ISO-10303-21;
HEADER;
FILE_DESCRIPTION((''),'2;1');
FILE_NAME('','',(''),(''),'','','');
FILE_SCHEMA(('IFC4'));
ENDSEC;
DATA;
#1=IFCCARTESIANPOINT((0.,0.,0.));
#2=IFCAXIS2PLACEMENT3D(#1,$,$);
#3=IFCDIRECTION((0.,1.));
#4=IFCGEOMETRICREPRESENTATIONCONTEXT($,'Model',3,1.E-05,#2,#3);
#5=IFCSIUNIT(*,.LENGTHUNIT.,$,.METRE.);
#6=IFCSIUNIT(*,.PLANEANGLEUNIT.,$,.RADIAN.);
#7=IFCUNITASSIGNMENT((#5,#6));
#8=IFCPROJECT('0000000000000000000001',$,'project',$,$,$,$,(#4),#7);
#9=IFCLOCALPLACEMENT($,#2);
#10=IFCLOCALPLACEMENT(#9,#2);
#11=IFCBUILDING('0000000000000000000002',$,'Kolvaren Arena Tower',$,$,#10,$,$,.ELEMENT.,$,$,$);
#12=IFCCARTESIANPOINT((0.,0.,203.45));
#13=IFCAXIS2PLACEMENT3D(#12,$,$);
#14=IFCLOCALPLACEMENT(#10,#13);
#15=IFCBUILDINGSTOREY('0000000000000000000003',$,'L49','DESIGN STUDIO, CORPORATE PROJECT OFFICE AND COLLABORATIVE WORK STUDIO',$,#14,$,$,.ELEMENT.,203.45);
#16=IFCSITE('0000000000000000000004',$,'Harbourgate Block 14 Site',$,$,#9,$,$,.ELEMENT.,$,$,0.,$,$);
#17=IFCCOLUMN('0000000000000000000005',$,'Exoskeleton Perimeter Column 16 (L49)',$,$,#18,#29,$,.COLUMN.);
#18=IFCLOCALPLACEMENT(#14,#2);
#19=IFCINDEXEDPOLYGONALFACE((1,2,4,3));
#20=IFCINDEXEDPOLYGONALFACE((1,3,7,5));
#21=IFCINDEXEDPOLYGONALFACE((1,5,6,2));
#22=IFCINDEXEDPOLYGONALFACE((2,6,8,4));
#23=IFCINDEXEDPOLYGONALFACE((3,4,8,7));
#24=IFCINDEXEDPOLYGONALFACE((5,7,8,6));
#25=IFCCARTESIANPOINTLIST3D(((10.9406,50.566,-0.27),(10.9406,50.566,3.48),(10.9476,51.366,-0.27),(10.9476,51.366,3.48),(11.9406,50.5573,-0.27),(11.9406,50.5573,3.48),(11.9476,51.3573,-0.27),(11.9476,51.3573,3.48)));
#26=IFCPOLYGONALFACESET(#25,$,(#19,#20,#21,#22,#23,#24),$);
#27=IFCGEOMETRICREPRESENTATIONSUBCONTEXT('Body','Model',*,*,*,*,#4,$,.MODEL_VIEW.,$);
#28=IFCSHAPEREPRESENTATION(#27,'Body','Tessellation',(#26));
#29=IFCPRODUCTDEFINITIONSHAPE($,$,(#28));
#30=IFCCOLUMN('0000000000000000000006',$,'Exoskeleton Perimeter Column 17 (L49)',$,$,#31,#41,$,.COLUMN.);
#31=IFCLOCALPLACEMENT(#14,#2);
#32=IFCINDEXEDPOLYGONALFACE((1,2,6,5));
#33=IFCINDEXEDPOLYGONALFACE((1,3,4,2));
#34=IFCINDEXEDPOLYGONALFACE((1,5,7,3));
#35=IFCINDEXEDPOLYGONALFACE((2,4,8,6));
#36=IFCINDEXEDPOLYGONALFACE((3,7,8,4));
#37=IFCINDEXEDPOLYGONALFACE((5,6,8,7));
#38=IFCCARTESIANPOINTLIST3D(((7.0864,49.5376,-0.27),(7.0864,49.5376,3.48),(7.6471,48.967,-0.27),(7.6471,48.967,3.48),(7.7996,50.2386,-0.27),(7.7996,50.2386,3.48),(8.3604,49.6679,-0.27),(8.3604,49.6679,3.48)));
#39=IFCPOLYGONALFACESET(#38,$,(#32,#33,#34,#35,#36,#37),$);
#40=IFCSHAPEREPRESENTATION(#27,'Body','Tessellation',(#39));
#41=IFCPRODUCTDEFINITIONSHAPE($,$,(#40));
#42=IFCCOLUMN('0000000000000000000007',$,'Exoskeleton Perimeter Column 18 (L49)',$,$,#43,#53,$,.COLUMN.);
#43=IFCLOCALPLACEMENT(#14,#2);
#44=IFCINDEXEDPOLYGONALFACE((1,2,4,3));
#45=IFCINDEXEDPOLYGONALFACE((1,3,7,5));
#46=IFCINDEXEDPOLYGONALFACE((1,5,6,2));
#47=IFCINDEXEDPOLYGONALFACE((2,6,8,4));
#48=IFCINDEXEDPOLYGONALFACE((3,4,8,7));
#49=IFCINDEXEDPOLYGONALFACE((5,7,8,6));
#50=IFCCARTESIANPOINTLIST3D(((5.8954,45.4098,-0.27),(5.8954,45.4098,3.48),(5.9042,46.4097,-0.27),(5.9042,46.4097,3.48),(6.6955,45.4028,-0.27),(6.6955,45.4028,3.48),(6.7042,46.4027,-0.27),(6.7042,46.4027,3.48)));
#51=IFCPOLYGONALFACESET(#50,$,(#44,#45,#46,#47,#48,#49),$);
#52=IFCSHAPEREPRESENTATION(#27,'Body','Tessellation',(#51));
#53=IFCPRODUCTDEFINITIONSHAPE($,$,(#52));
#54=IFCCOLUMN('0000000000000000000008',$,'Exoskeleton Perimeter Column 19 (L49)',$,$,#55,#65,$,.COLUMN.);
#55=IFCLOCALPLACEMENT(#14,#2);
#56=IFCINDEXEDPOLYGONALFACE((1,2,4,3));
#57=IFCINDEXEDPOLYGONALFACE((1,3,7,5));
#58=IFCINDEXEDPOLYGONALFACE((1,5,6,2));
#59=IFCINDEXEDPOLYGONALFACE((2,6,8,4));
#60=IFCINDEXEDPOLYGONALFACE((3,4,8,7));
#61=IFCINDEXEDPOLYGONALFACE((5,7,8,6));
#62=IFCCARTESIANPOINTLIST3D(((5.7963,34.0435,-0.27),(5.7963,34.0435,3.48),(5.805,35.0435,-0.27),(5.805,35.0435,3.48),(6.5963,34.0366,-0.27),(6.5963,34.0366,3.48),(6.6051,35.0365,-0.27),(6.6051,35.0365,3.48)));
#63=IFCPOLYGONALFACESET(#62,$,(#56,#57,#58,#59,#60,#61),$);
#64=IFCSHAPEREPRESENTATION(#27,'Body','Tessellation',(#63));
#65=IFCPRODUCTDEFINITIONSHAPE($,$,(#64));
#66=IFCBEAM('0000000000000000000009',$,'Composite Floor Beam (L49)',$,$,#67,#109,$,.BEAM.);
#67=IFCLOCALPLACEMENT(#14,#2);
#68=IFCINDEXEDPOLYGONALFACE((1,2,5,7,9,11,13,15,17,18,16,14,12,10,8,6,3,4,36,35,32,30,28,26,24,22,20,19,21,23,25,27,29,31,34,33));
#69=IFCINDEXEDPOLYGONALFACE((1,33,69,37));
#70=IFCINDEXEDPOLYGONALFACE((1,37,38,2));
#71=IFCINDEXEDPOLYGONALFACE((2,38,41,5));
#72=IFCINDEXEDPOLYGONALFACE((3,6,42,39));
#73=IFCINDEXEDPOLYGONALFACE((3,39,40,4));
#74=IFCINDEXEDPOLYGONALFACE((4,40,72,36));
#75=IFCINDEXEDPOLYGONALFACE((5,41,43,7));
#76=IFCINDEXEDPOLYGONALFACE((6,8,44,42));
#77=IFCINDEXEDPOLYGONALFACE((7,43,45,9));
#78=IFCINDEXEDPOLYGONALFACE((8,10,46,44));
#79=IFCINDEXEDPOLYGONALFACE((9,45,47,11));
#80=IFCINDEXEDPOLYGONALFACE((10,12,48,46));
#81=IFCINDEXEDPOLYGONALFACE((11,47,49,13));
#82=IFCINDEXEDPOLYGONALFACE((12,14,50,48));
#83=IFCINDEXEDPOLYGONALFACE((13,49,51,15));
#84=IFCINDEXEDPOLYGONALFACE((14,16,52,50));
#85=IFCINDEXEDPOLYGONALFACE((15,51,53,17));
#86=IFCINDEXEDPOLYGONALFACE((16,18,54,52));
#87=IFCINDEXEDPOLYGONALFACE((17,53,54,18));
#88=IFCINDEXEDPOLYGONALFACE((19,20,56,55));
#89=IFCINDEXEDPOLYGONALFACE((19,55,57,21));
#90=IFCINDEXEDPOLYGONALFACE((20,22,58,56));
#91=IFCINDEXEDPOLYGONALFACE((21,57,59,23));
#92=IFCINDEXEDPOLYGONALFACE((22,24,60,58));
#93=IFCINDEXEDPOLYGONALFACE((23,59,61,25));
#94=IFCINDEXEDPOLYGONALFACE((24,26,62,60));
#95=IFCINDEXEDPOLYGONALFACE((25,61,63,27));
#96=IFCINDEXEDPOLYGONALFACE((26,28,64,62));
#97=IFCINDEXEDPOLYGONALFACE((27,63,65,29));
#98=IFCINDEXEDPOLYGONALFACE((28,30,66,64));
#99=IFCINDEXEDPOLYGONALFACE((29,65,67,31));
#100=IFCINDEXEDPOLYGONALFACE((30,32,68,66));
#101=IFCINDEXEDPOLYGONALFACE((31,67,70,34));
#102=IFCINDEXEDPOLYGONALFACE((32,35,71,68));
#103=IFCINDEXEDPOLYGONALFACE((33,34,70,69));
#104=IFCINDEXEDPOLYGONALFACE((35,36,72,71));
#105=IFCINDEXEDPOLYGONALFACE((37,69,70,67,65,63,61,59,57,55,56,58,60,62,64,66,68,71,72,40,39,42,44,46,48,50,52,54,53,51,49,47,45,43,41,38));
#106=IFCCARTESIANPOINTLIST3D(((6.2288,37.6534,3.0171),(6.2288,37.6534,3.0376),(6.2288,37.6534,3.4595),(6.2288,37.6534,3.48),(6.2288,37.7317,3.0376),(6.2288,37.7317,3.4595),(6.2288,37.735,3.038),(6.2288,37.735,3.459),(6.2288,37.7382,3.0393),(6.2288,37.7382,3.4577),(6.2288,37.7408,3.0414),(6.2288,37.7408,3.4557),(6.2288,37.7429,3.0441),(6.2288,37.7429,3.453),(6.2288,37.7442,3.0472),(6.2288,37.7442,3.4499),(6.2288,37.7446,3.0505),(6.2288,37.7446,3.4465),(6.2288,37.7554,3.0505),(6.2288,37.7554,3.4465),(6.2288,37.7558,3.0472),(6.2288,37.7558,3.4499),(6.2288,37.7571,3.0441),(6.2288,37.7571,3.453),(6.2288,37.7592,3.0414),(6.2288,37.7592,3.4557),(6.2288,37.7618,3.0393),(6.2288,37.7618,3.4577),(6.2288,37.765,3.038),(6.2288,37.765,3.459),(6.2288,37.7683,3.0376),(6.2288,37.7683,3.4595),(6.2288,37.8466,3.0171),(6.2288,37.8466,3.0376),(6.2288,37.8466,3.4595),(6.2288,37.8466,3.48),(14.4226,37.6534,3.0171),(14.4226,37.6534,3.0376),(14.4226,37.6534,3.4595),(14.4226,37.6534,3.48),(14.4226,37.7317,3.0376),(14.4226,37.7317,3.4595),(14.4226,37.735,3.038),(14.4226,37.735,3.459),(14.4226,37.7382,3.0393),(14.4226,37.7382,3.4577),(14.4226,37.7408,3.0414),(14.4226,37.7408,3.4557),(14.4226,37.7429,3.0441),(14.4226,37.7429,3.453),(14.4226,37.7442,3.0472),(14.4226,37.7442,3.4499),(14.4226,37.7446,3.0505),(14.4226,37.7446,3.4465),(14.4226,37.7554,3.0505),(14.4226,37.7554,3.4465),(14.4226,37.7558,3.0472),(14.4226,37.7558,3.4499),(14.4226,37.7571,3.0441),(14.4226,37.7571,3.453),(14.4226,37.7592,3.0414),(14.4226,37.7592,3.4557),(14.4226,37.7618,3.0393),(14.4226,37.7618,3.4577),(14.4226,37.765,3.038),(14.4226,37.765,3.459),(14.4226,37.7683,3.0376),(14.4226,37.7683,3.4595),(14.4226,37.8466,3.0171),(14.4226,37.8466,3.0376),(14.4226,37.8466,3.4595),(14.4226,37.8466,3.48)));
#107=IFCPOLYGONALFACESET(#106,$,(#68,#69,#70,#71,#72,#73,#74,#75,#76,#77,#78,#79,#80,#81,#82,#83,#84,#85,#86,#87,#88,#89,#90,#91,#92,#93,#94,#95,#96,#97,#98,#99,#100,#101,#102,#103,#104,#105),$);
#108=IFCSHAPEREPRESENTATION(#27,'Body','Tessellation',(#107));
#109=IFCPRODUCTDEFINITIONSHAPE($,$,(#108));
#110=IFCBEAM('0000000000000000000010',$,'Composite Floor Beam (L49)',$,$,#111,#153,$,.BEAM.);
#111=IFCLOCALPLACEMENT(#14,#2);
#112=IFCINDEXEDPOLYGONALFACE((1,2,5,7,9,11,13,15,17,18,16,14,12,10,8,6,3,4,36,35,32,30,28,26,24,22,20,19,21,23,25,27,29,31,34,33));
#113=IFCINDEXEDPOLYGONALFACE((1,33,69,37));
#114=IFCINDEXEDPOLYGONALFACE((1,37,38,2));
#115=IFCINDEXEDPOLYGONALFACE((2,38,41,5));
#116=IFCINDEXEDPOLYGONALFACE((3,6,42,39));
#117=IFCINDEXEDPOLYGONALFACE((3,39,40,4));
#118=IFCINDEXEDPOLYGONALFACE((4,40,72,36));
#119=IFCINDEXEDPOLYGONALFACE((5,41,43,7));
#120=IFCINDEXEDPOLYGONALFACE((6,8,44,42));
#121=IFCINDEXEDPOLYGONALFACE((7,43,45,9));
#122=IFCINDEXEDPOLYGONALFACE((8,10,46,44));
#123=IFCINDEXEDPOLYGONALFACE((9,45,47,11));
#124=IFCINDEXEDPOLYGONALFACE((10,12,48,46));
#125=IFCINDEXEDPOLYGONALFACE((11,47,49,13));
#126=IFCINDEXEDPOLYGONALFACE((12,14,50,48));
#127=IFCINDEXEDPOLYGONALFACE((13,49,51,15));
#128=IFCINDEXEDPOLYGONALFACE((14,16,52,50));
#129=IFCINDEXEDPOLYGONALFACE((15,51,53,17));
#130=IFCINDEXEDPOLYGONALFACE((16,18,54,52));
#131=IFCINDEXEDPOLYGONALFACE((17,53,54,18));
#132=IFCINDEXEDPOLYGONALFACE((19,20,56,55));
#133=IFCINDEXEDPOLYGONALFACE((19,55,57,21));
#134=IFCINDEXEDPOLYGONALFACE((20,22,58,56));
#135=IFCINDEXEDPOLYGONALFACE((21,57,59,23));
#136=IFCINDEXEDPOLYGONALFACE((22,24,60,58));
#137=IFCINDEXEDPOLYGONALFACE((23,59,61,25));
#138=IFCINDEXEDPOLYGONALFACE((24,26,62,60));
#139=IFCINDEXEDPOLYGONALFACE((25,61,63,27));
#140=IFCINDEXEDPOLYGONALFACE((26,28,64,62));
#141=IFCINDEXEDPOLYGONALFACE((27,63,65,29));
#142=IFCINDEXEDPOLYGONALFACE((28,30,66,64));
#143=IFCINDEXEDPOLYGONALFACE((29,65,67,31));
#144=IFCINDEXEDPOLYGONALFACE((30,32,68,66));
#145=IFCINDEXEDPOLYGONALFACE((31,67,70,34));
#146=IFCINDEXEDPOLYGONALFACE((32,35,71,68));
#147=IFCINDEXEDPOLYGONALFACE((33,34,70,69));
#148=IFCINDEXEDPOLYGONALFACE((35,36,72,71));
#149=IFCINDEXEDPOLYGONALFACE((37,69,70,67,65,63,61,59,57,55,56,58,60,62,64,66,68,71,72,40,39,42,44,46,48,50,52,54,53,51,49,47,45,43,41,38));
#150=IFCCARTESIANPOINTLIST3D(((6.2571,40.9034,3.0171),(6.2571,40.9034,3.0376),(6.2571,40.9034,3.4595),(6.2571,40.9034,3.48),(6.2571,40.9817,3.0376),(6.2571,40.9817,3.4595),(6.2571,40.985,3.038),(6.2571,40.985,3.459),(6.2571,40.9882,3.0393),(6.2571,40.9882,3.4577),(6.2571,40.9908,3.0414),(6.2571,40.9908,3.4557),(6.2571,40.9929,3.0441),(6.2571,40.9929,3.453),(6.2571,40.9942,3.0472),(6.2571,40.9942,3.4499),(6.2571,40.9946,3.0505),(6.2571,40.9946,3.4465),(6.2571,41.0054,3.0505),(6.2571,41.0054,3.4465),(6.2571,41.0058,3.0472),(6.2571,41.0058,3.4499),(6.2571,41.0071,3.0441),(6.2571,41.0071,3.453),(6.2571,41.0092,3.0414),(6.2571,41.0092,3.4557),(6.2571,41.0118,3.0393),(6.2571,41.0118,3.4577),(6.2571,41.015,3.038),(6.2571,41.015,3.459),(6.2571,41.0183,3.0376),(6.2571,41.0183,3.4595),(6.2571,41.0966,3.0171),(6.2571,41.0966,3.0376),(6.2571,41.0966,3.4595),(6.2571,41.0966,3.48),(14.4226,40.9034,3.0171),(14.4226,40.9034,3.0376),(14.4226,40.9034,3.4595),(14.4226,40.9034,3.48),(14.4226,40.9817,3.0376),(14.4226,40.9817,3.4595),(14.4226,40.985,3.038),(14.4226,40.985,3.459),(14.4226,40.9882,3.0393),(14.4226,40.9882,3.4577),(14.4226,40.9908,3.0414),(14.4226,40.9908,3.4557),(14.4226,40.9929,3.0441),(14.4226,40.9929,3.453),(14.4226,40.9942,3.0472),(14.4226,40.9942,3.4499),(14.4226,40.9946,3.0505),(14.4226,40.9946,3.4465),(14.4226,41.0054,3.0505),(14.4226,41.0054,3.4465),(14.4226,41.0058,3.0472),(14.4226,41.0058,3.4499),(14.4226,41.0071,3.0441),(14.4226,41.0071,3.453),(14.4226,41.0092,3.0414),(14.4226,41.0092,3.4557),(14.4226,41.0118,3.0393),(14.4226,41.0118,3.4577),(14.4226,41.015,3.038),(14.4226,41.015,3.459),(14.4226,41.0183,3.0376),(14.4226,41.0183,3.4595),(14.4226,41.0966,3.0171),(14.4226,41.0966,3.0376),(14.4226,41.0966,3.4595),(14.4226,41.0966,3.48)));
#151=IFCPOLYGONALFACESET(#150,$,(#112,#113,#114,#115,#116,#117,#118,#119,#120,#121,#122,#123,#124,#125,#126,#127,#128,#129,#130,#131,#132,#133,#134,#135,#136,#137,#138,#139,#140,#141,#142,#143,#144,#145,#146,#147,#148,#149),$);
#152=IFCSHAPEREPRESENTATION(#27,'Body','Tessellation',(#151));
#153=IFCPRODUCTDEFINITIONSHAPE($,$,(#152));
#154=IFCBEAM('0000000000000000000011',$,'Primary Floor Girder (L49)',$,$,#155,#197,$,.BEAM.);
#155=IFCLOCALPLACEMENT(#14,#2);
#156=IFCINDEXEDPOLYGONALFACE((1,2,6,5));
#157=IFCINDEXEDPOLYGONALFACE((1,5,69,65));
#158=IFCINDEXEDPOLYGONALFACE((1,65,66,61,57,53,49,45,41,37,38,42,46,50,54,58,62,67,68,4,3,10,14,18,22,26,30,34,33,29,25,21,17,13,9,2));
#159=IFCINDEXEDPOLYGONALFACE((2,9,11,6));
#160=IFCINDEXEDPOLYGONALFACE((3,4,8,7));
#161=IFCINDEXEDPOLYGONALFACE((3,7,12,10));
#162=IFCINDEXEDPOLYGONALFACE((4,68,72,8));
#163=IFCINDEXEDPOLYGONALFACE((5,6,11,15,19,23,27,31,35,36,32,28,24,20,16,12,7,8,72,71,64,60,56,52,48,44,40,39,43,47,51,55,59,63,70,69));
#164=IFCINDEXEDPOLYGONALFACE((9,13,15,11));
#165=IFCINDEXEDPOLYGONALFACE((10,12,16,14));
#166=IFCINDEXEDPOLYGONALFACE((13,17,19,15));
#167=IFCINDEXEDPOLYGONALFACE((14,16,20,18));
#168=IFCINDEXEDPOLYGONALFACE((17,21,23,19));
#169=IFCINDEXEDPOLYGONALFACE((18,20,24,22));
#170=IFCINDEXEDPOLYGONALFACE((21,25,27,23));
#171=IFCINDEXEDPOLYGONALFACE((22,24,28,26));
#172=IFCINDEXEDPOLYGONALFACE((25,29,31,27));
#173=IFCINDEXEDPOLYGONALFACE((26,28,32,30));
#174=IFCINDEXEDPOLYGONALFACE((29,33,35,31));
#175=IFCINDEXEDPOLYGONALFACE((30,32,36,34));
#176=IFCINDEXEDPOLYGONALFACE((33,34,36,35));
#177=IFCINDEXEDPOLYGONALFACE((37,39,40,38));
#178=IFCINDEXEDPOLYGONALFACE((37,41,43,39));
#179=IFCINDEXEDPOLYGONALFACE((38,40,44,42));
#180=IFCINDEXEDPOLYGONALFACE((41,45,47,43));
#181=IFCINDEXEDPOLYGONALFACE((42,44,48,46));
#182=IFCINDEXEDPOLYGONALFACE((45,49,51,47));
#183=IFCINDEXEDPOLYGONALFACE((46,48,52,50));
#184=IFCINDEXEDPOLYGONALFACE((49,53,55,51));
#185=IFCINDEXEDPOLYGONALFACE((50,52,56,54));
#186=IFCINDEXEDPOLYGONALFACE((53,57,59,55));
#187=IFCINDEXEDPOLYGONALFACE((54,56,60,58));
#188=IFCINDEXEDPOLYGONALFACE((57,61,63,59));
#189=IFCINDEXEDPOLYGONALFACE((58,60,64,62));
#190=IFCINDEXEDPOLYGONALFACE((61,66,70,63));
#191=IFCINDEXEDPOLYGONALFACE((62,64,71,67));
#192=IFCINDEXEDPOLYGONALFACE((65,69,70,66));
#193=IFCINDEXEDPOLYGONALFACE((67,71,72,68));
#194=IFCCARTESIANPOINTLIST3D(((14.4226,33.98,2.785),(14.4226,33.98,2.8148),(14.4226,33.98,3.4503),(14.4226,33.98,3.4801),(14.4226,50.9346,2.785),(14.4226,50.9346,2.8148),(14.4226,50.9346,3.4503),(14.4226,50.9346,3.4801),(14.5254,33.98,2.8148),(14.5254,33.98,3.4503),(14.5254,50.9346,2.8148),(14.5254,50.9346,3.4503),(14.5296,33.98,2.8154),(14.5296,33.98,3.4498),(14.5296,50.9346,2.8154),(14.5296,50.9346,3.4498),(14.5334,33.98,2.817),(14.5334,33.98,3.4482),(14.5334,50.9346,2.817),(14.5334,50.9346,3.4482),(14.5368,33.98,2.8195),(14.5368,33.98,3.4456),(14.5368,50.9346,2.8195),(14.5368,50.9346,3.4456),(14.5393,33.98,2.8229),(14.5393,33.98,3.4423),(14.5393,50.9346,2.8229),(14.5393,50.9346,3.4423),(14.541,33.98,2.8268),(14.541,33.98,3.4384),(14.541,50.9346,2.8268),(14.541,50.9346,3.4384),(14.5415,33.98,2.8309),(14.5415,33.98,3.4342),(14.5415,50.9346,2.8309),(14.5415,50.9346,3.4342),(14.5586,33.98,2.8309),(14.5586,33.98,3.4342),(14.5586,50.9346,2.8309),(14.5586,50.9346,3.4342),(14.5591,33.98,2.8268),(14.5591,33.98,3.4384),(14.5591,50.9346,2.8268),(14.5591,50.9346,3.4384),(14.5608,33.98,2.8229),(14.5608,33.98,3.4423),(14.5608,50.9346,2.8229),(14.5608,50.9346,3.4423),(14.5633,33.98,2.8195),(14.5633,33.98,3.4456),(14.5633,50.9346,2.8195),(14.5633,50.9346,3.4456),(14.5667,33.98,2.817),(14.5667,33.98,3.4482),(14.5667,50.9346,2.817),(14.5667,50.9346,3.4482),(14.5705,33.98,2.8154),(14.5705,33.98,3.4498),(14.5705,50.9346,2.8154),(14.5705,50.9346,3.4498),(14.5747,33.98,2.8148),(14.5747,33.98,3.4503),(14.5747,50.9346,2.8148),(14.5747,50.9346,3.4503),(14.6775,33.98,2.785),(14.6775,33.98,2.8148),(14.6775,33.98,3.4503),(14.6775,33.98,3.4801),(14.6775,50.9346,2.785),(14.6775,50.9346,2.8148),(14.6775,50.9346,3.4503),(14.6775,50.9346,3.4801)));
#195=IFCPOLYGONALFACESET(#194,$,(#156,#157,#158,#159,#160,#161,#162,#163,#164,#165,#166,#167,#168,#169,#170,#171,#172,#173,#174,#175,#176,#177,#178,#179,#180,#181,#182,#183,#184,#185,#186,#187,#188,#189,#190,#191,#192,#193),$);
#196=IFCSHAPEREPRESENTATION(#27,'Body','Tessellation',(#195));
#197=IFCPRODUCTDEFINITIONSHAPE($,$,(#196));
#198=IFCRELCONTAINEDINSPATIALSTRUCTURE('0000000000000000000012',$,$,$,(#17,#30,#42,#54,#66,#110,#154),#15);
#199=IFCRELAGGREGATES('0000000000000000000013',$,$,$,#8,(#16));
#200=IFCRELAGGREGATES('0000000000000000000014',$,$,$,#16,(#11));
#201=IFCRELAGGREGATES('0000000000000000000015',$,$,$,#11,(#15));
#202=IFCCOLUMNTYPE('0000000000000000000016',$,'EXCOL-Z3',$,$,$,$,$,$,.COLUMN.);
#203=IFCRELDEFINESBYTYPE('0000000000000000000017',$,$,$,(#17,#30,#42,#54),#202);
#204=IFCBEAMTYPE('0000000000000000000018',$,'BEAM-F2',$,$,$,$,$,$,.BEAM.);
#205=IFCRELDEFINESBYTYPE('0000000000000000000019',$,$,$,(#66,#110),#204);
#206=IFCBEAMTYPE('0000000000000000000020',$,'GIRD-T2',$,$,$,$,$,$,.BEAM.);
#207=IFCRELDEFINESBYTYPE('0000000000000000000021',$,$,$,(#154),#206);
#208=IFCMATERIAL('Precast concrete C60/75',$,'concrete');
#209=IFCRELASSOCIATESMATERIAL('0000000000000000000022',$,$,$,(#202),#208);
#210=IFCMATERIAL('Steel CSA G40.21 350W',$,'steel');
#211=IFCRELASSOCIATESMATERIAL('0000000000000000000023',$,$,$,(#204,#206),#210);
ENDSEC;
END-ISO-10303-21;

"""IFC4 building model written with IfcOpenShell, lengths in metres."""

from ifc_helpers import new_model, si_unit, direction, frame, origin, origin_2d, place, context, subcontext, project, spatial, rectangle, i_section, extrude, material, material_profile, profile_set, type_object, element, save


model = new_model("IFC4")

# Units and contexts
model_context = context("Model", 3, precision=1e-05, world=origin(), true_north=direction((0.0, 1.0)))
body_context = subcontext(model_context, "Body", "Model", "MODEL_VIEW")
ifc_project = project(units=[si_unit("LENGTHUNIT", "METRE"), si_unit("PLANEANGLEUNIT", "RADIAN")], contexts=[model_context])

# Site, building, storey
site_placement = place(None, origin())
site = spatial("IfcSite", under=ifc_project, at=site_placement, Name="Harbourgate Block 14 Site", CompositionType="ELEMENT", RefElevation=0.0)
building_placement = place(site_placement, origin())
building = spatial("IfcBuilding", under=site, at=building_placement, Name="Kolvaren Arena Tower", CompositionType="ELEMENT")
storey_placement = place(building_placement, frame((0.0, 0.0, 203.45)))
storey = spatial("IfcBuildingStorey", under=building, at=storey_placement, Name="L49", Description="DESIGN STUDIO, CORPORATE PROJECT OFFICE AND COLLABORATIVE WORK STUDIO", CompositionType="ELEMENT", Elevation=203.45)

# Columns
ifc_material_1 = material(Name="Precast concrete C60/75", Category="concrete")
ifc_material_profile_1 = material_profile(ifc_material_1, rectangle(XDim=1.0, YDim=0.8, at=origin_2d()), Name="RC-1000x800")
ifc_profile_set_1 = profile_set([ifc_material_profile_1], Name="Precast concrete C60/75")
column_type = type_object("IfcColumnType", Name="EXCOL-Z3", PredefinedType="COLUMN", material=ifc_profile_set_1)
for number, where, z_axis, x_axis, name in (
    (1, (11.4441, 50.9617, -0.27), (0.0, 0.0, 1.0), (0.999962, -0.008727, 0.0), "Exoskeleton Perimeter Column 16 (L49)"),
    (2, (7.7234, 49.6028, -0.27), (0.0, 0.0, 1.0), (0.71325, 0.700909, 0.0), "Exoskeleton Perimeter Column 17 (L49)"),
    (3, (6.2998, 45.9062, -0.27), (0.0, 0.0, 1.0), (0.008727, 0.999962, 0.0), "Exoskeleton Perimeter Column 18 (L49)"),
    (4, (6.2007, 34.54, -0.27), (0.0, 0.0, 1.0), (0.008727, 0.999962, 0.0), "Exoskeleton Perimeter Column 19 (L49)"),
):
    element("IfcColumn", number, at=place(storey_placement, frame(where, z_axis=z_axis, x_axis=x_axis)), inside=storey, type_object=column_type, Name=name, PredefinedType="COLUMN", context=body_context, shape_type="SweptSolid", body=[
        extrude(rectangle(XDim=1.0, YDim=0.8, at=origin_2d()), origin(), (0.0, 0.0, 1.0), 3.75),
    ])

# Beams
ifc_material_2 = material(Name="Steel CSA G40.21 350W", Category="steel")
ifc_material_profile_2 = material_profile(ifc_material_2, i_section(OverallWidth=0.1931, OverallDepth=0.4629, WebThickness=0.0107, FlangeThickness=0.0205, FilletRadius=0.0129, at=origin_2d()), Name="W460x113")
ifc_profile_set_2 = profile_set([ifc_material_profile_2], Name="Steel CSA G40.21 350W")
beam_type_1 = type_object("IfcBeamType", Name="BEAM-F2", PredefinedType="BEAM", material=ifc_profile_set_2)
beam_1_placement = place(storey_placement, frame((6.2288, 37.75, 3.2485), z_axis=(1.0, 0.0, 0.0), x_axis=(0.0, 1.0, 0.0)))
element("IfcBeam", 5, at=beam_1_placement, inside=storey, type_object=beam_type_1, Name="Composite Floor Beam (L49)", PredefinedType="BEAM", context=body_context, shape_type="SweptSolid", body=[
    extrude(i_section(OverallWidth=0.1931, OverallDepth=0.4629, WebThickness=0.0107, FlangeThickness=0.0205, FilletRadius=0.0129, at=origin_2d()), origin(), (0.0, 0.0, 1.0), 8.1938),
])
beam_2_placement = place(storey_placement, frame((6.2571, 41.0, 3.2485), z_axis=(1.0, 0.0, 0.0), x_axis=(0.0, 1.0, 0.0)))
element("IfcBeam", 6, at=beam_2_placement, inside=storey, type_object=beam_type_1, Name="Composite Floor Beam (L49)", PredefinedType="BEAM", context=body_context, shape_type="SweptSolid", body=[
    extrude(i_section(OverallWidth=0.1931, OverallDepth=0.4629, WebThickness=0.0107, FlangeThickness=0.0205, FilletRadius=0.0129, at=origin_2d()), origin(), (0.0, 0.0, 1.0), 8.1655),
])
ifc_material_profile_3 = material_profile(ifc_material_2, i_section(OverallWidth=0.2549, OverallDepth=0.6951, WebThickness=0.0171, FlangeThickness=0.0298, FilletRadius=0.0161, at=origin_2d()), Name="W690x217")
ifc_profile_set_3 = profile_set([ifc_material_profile_3], Name="Steel CSA G40.21 350W")
beam_type_2 = type_object("IfcBeamType", Name="GIRD-T2", PredefinedType="BEAM", material=ifc_profile_set_3)
beam_3_placement = place(storey_placement, frame((14.55, 33.98, 3.1326), z_axis=(0.0, 1.0, 0.0), x_axis=(-1.0, 0.0, 0.0)))
element("IfcBeam", 7, at=beam_3_placement, inside=storey, type_object=beam_type_2, Name="Primary Floor Girder (L49)", PredefinedType="BEAM", context=body_context, shape_type="SweptSolid", body=[
    extrude(i_section(OverallWidth=0.2549, OverallDepth=0.6951, WebThickness=0.0171, FlangeThickness=0.0298, FilletRadius=0.0161, at=origin_2d()), origin(), (0.0, 0.0, 1.0), 16.9546),
])

save(model, "model.ifc")
